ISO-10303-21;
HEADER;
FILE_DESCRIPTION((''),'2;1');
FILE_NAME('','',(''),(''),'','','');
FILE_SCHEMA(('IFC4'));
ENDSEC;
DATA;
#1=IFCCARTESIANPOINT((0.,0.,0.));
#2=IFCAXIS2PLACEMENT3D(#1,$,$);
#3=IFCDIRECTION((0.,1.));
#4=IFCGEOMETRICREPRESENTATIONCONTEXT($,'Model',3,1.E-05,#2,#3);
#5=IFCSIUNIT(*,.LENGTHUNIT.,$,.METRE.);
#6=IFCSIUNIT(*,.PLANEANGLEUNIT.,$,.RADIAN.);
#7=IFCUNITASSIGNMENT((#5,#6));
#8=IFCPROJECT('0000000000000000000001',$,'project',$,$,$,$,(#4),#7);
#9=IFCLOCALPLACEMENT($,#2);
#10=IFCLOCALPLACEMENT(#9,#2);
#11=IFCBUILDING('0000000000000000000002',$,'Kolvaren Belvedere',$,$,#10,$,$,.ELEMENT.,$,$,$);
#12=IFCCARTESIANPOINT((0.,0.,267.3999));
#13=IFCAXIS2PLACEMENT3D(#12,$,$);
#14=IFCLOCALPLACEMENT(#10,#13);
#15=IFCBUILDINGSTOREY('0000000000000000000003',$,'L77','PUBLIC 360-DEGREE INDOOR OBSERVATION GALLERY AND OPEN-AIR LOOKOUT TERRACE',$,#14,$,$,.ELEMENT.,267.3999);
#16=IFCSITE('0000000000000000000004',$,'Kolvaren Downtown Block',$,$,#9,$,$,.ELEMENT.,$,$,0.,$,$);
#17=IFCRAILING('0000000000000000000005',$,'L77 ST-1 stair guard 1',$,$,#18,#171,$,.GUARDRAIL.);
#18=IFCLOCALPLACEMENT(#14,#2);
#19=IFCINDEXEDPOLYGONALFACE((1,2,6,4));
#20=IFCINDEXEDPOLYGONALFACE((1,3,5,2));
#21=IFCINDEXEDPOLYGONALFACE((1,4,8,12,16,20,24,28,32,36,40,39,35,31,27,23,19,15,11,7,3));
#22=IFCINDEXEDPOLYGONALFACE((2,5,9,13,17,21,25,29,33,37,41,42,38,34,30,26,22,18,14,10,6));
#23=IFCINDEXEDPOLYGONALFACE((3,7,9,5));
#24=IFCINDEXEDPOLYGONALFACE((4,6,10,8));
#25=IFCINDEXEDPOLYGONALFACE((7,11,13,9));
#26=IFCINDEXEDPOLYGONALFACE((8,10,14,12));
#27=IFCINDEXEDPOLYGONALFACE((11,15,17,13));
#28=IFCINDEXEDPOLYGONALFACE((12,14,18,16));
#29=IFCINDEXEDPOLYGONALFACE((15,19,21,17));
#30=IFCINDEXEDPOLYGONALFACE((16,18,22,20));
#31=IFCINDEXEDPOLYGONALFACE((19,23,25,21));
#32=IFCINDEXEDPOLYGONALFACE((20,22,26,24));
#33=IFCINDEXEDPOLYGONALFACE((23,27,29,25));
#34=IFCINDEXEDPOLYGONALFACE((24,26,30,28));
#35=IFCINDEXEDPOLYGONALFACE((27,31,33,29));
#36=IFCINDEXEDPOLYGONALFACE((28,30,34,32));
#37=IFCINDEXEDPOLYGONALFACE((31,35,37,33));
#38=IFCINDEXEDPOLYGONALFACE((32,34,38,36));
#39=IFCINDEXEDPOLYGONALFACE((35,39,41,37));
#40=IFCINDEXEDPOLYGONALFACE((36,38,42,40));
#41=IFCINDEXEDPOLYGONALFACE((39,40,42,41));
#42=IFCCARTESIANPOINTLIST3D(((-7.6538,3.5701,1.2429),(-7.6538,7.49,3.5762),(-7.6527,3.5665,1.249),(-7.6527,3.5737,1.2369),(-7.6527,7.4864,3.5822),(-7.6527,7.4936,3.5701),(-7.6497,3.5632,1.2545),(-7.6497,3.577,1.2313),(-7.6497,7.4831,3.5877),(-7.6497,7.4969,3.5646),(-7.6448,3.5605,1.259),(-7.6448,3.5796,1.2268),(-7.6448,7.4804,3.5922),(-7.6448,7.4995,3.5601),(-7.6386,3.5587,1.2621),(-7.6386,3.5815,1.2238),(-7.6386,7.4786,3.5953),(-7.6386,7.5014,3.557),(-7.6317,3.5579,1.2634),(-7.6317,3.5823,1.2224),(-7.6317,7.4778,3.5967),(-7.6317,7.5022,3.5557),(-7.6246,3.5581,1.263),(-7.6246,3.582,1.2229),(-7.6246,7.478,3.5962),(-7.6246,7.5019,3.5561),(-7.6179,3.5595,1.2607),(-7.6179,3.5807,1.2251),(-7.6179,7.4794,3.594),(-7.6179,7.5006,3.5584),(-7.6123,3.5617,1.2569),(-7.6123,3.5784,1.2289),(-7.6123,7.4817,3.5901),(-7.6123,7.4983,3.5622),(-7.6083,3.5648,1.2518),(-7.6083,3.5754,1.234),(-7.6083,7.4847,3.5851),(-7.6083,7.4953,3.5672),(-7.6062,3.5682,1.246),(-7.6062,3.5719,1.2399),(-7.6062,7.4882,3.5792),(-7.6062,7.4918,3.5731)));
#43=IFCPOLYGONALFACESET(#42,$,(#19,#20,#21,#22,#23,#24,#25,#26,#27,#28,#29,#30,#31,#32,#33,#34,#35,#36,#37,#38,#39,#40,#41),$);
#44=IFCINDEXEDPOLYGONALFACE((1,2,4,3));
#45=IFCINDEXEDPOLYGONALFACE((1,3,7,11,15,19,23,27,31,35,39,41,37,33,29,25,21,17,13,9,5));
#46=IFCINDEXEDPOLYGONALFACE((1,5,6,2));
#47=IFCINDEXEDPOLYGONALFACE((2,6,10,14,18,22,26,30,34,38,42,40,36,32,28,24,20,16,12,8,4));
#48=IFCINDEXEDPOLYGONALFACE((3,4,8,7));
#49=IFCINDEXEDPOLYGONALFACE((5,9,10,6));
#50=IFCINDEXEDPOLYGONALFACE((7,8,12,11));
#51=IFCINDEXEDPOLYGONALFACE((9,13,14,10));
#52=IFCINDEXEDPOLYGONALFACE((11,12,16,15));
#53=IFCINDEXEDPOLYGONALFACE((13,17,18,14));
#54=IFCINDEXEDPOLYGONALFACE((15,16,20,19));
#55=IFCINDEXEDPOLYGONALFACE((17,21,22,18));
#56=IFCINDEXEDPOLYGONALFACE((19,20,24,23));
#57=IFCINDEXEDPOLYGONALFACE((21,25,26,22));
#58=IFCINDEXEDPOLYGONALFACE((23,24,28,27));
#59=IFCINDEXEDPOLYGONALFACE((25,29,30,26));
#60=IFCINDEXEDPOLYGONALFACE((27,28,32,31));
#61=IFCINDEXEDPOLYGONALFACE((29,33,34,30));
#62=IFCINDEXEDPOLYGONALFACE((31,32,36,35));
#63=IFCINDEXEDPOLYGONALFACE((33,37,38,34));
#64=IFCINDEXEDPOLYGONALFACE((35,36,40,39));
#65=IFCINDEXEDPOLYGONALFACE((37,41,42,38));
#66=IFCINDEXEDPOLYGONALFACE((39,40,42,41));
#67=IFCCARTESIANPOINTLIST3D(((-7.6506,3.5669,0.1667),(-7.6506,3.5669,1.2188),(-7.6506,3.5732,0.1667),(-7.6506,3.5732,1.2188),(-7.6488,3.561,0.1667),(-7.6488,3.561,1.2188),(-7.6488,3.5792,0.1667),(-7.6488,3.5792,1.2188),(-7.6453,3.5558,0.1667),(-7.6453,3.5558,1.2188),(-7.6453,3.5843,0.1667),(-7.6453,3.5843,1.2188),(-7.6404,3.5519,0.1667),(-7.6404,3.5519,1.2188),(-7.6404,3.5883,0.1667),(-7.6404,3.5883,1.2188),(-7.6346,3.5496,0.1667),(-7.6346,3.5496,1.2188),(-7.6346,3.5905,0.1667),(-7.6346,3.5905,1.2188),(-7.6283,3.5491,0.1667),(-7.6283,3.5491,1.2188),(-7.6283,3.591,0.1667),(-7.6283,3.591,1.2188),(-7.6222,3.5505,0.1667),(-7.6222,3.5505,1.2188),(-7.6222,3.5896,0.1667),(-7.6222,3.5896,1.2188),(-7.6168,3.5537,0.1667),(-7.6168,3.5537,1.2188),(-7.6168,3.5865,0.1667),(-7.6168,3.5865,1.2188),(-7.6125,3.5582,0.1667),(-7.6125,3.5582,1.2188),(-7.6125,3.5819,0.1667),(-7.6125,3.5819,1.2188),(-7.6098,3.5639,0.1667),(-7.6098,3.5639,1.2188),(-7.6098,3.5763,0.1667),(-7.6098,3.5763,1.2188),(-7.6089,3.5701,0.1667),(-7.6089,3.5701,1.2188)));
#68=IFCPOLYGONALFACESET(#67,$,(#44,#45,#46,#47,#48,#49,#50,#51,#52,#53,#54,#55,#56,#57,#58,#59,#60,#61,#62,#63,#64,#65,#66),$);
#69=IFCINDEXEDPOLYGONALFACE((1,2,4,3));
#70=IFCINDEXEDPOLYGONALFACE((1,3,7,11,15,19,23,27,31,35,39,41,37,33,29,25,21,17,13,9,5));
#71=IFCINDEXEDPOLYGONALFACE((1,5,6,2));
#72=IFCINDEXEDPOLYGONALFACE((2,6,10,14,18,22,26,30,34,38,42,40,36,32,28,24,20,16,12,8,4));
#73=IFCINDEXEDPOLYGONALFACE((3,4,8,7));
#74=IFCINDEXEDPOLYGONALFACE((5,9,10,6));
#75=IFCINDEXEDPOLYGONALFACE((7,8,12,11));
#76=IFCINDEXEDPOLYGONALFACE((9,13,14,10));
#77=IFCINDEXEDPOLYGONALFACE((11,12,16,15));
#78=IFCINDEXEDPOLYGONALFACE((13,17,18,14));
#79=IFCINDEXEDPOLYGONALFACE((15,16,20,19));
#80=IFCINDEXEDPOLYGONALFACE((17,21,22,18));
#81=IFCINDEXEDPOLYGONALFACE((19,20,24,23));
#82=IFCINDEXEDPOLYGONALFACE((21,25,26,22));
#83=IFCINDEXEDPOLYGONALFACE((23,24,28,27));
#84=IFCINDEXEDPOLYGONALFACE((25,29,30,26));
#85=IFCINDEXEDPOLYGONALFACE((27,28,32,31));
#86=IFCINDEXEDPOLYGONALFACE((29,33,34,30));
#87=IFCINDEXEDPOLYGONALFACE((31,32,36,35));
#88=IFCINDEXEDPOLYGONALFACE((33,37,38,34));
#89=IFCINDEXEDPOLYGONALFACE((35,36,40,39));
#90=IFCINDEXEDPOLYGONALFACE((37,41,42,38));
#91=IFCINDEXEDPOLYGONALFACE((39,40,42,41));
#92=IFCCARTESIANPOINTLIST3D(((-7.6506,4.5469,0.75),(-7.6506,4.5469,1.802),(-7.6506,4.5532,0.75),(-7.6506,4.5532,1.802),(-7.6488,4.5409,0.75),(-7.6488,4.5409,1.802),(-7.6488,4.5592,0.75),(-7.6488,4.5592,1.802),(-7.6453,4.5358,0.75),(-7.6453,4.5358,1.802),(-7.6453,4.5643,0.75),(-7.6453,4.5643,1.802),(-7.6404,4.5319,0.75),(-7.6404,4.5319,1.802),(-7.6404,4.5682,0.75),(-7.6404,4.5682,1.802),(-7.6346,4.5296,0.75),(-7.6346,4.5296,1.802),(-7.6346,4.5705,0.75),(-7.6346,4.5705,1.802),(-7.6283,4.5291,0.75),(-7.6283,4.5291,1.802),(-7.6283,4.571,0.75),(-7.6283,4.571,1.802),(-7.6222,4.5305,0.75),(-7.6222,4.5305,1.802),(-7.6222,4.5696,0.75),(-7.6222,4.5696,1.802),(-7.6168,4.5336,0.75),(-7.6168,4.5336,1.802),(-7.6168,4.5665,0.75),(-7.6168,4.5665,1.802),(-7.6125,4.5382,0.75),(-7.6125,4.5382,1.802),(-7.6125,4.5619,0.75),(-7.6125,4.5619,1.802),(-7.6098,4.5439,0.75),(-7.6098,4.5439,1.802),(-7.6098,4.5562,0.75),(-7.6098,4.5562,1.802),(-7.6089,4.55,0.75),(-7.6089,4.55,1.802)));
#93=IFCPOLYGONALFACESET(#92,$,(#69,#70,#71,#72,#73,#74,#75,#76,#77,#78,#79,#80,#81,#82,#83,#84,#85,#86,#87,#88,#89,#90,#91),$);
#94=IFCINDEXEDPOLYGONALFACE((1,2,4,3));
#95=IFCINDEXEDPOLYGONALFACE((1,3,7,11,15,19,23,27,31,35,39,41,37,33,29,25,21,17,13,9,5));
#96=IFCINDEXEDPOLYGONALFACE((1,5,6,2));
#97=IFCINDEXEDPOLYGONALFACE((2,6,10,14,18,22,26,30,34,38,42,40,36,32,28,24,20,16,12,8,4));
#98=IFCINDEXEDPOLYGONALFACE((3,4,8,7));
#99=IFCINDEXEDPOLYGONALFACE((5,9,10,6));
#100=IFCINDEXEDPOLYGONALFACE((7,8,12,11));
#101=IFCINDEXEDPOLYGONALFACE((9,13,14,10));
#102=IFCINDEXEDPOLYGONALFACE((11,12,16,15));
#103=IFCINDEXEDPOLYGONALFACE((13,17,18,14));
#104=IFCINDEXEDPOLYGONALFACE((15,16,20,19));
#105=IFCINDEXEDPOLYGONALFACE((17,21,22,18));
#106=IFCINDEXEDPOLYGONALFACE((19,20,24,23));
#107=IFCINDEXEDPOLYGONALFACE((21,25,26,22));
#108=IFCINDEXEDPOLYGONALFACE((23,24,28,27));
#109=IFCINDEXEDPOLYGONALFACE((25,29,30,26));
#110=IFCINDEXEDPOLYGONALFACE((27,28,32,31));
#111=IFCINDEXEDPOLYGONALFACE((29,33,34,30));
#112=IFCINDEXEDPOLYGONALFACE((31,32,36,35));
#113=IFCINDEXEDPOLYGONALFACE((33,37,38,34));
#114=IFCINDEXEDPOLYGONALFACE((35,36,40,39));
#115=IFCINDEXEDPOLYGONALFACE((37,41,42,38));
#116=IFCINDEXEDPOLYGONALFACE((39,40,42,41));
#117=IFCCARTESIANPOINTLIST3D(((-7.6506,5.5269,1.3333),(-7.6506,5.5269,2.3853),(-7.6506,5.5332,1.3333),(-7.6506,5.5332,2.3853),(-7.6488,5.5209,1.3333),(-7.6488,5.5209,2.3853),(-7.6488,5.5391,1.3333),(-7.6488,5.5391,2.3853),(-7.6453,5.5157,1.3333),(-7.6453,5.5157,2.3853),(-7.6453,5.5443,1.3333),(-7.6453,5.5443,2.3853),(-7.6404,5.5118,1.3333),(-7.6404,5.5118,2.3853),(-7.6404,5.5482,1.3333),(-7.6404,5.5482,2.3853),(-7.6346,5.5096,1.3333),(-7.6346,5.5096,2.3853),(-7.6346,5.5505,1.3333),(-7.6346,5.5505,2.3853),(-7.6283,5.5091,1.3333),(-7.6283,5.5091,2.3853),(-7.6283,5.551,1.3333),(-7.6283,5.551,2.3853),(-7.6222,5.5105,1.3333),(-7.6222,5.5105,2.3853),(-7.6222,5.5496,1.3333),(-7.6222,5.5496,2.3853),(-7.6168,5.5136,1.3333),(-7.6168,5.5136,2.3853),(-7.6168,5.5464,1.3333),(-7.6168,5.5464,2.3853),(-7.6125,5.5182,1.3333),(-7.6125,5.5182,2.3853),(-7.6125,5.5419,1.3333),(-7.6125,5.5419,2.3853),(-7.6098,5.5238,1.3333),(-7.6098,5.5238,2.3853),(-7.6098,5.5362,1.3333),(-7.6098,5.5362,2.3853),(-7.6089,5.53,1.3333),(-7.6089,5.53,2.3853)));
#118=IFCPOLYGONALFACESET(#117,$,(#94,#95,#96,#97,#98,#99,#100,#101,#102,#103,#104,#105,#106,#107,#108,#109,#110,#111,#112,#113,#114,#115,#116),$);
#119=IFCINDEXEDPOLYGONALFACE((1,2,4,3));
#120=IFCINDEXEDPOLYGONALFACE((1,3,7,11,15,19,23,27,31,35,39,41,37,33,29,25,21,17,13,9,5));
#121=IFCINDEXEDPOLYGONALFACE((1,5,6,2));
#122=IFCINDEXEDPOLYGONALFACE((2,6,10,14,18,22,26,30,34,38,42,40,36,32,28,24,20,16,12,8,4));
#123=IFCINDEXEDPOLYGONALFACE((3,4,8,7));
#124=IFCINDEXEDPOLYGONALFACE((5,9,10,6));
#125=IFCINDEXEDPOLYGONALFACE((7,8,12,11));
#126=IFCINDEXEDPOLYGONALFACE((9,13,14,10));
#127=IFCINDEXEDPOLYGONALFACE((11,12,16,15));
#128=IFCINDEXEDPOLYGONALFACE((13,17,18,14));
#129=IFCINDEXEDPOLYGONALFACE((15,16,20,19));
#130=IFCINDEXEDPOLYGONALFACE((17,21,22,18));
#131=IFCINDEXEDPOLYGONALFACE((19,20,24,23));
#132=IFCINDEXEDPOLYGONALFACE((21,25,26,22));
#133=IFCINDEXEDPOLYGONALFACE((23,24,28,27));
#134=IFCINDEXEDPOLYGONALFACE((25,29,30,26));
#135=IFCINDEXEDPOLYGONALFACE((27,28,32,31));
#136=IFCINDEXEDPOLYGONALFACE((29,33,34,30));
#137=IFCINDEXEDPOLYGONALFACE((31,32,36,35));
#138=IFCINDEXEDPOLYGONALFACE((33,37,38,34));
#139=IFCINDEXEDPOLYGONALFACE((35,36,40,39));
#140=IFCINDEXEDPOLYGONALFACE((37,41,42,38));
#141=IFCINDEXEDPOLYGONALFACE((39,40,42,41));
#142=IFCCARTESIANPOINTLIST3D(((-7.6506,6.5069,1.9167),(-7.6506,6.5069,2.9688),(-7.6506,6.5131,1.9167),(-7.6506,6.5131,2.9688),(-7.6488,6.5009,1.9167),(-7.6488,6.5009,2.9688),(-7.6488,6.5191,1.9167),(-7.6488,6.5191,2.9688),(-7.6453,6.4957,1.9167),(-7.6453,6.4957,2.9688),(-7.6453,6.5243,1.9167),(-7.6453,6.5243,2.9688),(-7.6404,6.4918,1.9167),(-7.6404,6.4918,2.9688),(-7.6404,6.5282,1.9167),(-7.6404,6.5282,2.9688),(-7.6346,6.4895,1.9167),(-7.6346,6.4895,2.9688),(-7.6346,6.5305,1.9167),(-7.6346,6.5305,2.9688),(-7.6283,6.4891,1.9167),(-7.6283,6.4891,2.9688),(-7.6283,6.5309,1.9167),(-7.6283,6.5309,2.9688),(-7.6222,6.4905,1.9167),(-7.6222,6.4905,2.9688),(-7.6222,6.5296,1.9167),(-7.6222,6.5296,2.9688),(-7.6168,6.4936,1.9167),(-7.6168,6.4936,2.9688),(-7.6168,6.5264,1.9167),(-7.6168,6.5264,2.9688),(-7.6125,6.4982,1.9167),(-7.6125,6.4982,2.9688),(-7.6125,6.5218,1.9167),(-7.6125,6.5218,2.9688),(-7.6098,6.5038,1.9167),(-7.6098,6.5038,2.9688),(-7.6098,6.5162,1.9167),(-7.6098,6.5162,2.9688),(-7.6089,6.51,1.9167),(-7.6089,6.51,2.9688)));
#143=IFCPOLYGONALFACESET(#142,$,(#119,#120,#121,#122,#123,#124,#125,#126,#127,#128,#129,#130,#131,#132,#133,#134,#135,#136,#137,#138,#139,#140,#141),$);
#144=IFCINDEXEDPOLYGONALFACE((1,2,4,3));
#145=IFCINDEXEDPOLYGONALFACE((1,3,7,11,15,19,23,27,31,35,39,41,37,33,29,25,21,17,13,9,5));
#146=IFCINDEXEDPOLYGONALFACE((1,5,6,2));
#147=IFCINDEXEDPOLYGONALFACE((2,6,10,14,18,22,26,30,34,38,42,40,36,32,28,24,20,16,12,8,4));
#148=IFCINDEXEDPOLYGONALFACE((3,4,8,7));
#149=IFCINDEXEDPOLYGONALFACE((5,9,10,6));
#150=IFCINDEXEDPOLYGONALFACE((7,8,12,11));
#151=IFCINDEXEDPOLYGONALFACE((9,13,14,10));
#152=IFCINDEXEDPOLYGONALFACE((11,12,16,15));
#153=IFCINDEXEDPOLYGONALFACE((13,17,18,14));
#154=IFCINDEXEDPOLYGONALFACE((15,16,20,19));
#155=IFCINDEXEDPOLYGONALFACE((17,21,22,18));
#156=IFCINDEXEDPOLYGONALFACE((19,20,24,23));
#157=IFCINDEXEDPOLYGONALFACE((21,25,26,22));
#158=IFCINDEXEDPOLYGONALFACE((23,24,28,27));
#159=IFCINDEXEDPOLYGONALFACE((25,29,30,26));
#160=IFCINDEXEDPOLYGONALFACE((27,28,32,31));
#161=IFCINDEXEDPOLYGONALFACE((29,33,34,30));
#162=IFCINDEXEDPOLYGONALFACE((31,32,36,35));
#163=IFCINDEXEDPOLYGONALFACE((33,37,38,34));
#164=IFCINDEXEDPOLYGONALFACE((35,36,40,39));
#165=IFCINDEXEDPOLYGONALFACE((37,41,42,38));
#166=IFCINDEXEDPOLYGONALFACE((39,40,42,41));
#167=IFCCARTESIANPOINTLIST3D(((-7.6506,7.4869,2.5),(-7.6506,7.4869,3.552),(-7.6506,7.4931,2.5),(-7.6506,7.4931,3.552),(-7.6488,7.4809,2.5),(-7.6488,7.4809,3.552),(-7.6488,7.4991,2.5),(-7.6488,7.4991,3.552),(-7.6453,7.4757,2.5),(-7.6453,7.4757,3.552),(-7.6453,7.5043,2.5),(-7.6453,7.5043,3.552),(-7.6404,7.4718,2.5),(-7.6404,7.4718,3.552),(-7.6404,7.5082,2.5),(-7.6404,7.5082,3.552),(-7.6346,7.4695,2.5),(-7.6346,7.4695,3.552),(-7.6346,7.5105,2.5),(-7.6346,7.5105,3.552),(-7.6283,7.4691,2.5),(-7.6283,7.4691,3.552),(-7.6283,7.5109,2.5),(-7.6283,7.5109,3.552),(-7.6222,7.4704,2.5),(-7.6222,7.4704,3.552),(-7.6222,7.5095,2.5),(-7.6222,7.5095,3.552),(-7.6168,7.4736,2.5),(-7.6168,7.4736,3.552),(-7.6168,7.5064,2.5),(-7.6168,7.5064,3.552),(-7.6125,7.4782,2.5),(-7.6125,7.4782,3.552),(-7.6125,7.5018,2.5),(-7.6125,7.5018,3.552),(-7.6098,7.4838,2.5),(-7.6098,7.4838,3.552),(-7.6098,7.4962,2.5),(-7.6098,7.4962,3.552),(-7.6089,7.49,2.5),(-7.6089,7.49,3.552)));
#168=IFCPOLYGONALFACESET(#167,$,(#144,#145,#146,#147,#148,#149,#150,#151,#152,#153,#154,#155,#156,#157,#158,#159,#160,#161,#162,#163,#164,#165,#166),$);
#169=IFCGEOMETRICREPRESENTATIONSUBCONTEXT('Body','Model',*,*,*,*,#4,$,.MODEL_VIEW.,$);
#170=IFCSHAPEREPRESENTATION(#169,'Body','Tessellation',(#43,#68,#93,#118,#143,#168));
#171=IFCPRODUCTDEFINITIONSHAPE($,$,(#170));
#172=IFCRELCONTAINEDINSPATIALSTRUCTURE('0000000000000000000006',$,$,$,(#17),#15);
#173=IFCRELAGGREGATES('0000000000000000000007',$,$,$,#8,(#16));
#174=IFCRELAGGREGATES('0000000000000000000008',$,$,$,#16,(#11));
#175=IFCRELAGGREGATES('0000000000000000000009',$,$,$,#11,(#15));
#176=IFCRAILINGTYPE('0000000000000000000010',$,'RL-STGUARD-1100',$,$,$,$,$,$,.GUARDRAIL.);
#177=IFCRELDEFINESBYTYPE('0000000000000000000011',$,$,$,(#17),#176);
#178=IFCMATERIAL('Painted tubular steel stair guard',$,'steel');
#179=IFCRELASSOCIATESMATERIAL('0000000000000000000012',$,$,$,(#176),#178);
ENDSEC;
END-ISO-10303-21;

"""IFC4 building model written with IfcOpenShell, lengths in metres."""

from ifc_helpers import new_model, si_unit, direction, frame, origin, origin_2d, place, context, subcontext, project, spatial, circle, extrude, material, type_object, element, save


model = new_model("IFC4")

# Units and contexts
model_context = context("Model", 3, precision=1e-05, world=origin(), true_north=direction((0.0, 1.0)))
body_context = subcontext(model_context, "Body", "Model", "MODEL_VIEW")
ifc_project = project(units=[si_unit("LENGTHUNIT", "METRE"), si_unit("PLANEANGLEUNIT", "RADIAN")], contexts=[model_context])

# Site, building, storey
site_placement = place(None, origin())
site = spatial("IfcSite", under=ifc_project, at=site_placement, Name="Kolvaren Downtown Block", CompositionType="ELEMENT", RefElevation=0.0)
building_placement = place(site_placement, origin())
building = spatial("IfcBuilding", under=site, at=building_placement, Name="Kolvaren Belvedere", CompositionType="ELEMENT")
storey_placement = place(building_placement, frame((0.0, 0.0, 267.3999)))
storey = spatial("IfcBuildingStorey", under=building, at=storey_placement, Name="L77", Description="PUBLIC 360-DEGREE INDOOR OBSERVATION GALLERY AND OPEN-AIR LOOKOUT TERRACE", CompositionType="ELEMENT", Elevation=267.3999)

# Railing
ifc_material_1 = material(Name="Painted tubular steel stair guard", Category="steel")
railing_type_1 = type_object("IfcRailingType", Name="RL-STGUARD-1100", PredefinedType="GUARDRAIL", material=ifc_material_1)
railing_1_placement = place(storey_placement, frame((-7.6299, 3.5701, 0.1667)))
element("IfcRailing", 1, at=railing_1_placement, inside=storey, type_object=railing_type_1, Name="L77 ST-1 stair guard 1", PredefinedType="GUARDRAIL", context=body_context, shape_type="SweptSolid", body=[
    extrude(circle(Radius=0.0239, at=origin_2d()), frame((0.0, 0.0, 1.0762), z_axis=(0.0, 0.859296, 0.511478), x_axis=(-1.0, 0.0, 0.0)), (0.0, 0.0, 1.0), 4.5618),
    extrude(circle(Radius=0.021, at=origin_2d()), origin(), (0.0, 0.0, 1.0), 1.052),
    extrude(circle(Radius=0.021, at=origin_2d()), frame((0.0, 0.98, 0.5833)), (0.0, 0.0, 1.0), 1.052),
    extrude(circle(Radius=0.021, at=origin_2d()), frame((0.0, 1.96, 1.1665)), (0.0, 0.0, 1.0), 1.052),
    extrude(circle(Radius=0.021, at=origin_2d()), frame((0.0, 2.9399, 1.75)), (0.0, 0.0, 1.0), 1.052),
    extrude(circle(Radius=0.021, at=origin_2d()), frame((0.0, 3.9199, 2.3333)), (0.0, 0.0, 1.0), 1.052),
])

save(model, "model.ifc")
